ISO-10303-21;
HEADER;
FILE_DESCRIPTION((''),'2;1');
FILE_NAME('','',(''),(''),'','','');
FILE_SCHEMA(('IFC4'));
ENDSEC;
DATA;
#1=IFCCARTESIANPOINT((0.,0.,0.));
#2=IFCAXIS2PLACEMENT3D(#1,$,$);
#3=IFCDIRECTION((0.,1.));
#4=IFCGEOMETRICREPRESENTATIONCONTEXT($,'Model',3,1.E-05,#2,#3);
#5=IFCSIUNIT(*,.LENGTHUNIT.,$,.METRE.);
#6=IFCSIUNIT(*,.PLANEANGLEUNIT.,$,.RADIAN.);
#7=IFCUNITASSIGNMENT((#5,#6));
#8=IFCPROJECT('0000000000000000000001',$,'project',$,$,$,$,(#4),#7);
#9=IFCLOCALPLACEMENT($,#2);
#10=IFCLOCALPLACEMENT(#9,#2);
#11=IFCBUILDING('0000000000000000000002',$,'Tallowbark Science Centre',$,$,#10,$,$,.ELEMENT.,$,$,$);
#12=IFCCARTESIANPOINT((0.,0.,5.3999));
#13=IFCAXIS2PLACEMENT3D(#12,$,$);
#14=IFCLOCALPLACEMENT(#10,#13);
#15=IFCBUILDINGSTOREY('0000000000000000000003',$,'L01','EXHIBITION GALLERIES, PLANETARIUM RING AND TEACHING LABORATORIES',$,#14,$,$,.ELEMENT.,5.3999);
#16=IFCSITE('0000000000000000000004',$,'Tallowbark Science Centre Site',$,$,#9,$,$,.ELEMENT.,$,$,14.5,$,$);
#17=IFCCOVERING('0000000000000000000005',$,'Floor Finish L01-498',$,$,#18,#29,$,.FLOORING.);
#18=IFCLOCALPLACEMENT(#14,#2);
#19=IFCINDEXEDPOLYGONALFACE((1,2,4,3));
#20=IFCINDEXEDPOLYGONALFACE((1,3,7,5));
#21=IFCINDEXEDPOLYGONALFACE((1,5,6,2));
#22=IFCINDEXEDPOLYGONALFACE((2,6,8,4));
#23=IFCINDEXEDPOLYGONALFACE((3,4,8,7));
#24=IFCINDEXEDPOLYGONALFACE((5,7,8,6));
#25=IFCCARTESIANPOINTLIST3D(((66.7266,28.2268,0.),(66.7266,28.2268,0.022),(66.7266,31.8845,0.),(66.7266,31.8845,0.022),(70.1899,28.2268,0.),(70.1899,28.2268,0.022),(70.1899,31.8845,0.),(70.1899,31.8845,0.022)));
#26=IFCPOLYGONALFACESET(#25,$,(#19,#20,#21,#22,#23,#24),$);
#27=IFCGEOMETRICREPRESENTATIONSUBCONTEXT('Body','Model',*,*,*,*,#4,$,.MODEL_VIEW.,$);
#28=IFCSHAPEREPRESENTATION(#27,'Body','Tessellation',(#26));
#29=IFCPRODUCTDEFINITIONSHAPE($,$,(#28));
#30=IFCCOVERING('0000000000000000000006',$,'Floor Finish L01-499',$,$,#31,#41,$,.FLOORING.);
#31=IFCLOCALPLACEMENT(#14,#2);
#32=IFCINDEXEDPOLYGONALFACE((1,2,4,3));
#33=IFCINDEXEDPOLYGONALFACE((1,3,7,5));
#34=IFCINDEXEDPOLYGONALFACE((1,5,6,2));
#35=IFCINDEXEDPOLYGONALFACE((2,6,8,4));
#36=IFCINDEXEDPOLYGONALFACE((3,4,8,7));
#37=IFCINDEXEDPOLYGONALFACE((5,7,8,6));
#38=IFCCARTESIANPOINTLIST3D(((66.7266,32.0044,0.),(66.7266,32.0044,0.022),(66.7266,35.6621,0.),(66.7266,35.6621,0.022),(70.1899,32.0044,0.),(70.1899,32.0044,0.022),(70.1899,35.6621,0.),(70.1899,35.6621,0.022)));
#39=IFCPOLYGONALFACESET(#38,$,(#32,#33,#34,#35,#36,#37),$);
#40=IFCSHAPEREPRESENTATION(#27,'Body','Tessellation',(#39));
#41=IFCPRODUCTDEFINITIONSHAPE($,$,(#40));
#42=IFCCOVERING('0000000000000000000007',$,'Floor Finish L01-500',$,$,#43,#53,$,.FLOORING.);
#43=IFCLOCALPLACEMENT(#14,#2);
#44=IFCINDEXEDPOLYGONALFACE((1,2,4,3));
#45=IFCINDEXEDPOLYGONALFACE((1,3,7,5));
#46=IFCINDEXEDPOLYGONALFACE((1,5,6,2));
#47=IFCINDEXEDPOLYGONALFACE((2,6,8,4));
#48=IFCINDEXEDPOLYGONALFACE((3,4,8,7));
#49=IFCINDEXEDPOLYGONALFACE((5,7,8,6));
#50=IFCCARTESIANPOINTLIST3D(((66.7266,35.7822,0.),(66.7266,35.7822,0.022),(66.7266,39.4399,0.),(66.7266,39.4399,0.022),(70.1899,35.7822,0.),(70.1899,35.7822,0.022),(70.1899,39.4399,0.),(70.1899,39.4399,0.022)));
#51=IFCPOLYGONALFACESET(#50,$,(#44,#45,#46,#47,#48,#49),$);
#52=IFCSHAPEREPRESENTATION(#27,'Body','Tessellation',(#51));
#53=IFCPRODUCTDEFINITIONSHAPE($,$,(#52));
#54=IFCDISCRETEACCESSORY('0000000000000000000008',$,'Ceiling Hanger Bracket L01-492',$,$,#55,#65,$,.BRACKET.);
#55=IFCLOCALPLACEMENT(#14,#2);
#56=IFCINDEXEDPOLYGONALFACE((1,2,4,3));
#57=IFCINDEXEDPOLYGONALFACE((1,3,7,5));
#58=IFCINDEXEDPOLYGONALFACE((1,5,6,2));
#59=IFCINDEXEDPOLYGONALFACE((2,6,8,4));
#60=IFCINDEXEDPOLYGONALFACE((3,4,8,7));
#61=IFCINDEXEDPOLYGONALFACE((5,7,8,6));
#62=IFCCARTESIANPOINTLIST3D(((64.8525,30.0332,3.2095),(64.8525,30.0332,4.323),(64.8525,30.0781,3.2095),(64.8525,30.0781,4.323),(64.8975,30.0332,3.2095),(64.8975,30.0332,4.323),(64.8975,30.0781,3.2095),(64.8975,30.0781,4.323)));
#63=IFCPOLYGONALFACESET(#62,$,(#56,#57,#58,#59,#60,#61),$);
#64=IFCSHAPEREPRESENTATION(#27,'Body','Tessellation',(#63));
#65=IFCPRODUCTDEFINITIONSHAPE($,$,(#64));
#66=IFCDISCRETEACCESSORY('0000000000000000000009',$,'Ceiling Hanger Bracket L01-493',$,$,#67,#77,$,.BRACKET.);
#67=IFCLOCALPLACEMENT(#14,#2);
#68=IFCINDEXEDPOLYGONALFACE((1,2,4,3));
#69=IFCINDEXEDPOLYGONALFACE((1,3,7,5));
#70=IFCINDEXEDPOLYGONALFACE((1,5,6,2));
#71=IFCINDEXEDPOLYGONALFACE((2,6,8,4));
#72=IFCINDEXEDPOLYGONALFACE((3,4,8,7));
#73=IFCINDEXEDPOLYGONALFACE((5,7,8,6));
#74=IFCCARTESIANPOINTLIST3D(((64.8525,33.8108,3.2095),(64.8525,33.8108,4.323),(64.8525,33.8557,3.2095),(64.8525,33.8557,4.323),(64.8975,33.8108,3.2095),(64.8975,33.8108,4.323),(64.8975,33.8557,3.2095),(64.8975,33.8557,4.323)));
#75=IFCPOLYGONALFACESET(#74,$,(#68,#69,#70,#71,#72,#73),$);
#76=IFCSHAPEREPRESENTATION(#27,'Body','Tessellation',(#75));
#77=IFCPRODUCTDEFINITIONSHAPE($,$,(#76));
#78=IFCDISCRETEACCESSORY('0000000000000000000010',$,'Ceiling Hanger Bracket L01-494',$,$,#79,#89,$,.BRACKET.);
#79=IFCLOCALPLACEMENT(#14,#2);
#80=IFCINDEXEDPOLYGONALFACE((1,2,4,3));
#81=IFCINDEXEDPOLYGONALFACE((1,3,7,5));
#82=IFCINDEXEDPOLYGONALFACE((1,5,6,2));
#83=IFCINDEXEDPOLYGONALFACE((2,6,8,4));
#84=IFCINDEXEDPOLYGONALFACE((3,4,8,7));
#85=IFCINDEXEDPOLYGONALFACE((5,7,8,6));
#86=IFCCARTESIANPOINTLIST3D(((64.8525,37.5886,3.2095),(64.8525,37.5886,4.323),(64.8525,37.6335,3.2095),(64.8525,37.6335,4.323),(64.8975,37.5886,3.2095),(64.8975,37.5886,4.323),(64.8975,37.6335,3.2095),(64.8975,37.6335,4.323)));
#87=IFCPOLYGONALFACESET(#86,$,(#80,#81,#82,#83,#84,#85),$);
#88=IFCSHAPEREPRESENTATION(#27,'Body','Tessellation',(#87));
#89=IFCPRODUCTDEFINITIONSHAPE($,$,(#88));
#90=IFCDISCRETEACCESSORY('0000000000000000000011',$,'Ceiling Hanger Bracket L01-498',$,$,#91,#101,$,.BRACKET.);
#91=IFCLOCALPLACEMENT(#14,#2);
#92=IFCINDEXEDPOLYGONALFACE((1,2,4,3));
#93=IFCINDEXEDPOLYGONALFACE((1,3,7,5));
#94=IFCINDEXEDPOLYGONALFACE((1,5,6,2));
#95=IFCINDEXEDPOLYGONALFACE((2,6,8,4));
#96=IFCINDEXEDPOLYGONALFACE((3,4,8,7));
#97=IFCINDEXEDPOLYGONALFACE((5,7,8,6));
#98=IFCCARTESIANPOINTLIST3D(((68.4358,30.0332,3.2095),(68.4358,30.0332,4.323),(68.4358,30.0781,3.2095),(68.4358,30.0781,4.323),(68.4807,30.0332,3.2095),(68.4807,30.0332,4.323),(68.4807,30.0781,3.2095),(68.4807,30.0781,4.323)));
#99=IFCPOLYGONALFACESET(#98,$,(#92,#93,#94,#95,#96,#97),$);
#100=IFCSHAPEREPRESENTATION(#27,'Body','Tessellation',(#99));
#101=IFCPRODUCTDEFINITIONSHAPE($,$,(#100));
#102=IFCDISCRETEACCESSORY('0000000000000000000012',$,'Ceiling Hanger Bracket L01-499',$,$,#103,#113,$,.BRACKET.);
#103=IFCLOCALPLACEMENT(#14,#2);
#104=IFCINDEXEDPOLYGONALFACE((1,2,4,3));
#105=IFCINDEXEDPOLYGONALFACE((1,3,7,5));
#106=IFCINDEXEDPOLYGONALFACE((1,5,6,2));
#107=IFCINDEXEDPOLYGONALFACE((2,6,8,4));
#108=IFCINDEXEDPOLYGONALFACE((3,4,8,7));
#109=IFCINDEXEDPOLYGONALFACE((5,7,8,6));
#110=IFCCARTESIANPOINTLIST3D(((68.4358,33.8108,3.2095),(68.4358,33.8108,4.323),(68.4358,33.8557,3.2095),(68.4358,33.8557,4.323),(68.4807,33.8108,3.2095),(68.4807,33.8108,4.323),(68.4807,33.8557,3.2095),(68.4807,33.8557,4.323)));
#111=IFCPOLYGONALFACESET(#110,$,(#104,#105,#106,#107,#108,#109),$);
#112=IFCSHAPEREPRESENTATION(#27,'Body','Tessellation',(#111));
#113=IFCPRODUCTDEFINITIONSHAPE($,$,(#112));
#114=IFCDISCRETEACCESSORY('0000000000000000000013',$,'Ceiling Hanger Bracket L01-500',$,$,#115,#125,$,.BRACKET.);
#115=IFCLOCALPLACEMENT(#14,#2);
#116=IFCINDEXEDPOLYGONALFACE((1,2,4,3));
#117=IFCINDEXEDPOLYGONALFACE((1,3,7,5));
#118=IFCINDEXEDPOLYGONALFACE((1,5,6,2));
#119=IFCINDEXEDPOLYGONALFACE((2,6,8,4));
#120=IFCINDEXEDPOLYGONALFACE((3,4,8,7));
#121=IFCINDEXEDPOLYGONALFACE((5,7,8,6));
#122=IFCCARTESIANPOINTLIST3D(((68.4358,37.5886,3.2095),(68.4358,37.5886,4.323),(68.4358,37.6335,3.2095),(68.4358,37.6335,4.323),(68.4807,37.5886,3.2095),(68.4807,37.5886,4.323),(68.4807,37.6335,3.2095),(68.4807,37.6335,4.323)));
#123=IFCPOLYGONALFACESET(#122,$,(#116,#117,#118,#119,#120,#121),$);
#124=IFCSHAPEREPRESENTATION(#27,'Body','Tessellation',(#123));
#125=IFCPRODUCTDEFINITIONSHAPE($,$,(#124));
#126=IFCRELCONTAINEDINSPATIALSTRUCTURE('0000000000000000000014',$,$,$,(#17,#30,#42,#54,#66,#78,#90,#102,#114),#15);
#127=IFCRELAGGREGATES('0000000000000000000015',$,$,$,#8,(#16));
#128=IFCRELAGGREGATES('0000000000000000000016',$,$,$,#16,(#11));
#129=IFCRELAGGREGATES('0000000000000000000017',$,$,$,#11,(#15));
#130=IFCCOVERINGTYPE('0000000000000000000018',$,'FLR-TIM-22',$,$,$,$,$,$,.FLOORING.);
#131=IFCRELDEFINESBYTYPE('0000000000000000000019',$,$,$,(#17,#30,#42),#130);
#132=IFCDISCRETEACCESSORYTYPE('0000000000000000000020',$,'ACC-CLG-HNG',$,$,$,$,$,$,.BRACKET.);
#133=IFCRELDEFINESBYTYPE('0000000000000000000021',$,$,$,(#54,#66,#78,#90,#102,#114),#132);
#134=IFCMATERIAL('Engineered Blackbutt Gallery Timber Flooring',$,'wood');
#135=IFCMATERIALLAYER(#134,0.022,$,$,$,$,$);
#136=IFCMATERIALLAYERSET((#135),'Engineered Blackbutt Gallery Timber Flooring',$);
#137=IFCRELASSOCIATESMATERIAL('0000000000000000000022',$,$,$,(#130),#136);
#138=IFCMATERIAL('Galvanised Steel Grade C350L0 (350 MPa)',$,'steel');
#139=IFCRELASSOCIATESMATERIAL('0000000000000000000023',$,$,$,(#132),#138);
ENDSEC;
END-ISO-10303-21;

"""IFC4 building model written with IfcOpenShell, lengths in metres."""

from ifc_helpers import new_model, si_unit, direction, frame, origin, origin_2d, place, context, subcontext, project, spatial, rectangle, extrude, material, layer, layer_set, type_object, element, save


model = new_model("IFC4")

# Units and contexts
model_context = context("Model", 3, precision=1e-05, world=origin(), true_north=direction((0.0, 1.0)))
body_context = subcontext(model_context, "Body", "Model", "MODEL_VIEW")
ifc_project = project(units=[si_unit("LENGTHUNIT", "METRE"), si_unit("PLANEANGLEUNIT", "RADIAN")], contexts=[model_context])

# Site, building, storey
site_placement = place(None, origin())
site = spatial("IfcSite", under=ifc_project, at=site_placement, Name="Tallowbark Science Centre Site", CompositionType="ELEMENT", RefElevation=14.5)
building_placement = place(site_placement, origin())
building = spatial("IfcBuilding", under=site, at=building_placement, Name="Tallowbark Science Centre", CompositionType="ELEMENT")
storey_placement = place(building_placement, frame((0.0, 0.0, 5.3999)))
storey = spatial("IfcBuildingStorey", under=building, at=storey_placement, Name="L01", Description="EXHIBITION GALLERIES, PLANETARIUM RING AND TEACHING LABORATORIES", CompositionType="ELEMENT", Elevation=5.3999)

# Coverings
ifc_material_1 = material(Name="Engineered Blackbutt Gallery Timber Flooring", Category="wood")
ifc_layer_1 = layer(ifc_material_1, 0.022)
ifc_layer_set_1 = layer_set([ifc_layer_1], Name="Engineered Blackbutt Gallery Timber Flooring")
covering_type_1 = type_object("IfcCoveringType", Name="FLR-TIM-22", PredefinedType="FLOORING", material=ifc_layer_set_1)
for number, where, z_axis, x_axis, name in (
    (1, (68.4583, 30.0557, 0.0), (0.0, 0.0, 1.0), (1.0, 0.0, 0.0), "Floor Finish L01-498"),
    (2, (68.4583, 33.8333, 0.0), (0.0, 0.0, 1.0), (1.0, 0.0, 0.0), "Floor Finish L01-499"),
    (3, (68.4583, 37.6111, 0.0), (0.0, 0.0, 1.0), (1.0, 0.0, 0.0), "Floor Finish L01-500"),
):
    element("IfcCovering", number, at=place(storey_placement, frame(where, z_axis=z_axis, x_axis=x_axis)), inside=storey, type_object=covering_type_1, Name=name, PredefinedType="FLOORING", context=body_context, shape_type="SweptSolid", body=[
        extrude(rectangle(XDim=3.4634, YDim=3.6577, at=origin_2d()), origin(), (0.0, 0.0, 1.0), 0.022),
    ])

# Discrete accessories
ifc_material_2 = material(Name="Galvanised Steel Grade C350L0 (350 MPa)", Category="steel")
discrete_accessory_type = type_object("IfcDiscreteAccessoryType", Name="ACC-CLG-HNG", PredefinedType="BRACKET", material=ifc_material_2)
for number, where, z_axis, x_axis, name in (
    (4, (64.875, 30.0557, 3.2095), (0.0, 0.0, 1.0), (1.0, 0.0, 0.0), "Ceiling Hanger Bracket L01-492"),
    (5, (64.875, 33.8333, 3.2095), (0.0, 0.0, 1.0), (1.0, 0.0, 0.0), "Ceiling Hanger Bracket L01-493"),
    (6, (64.875, 37.6111, 3.2095), (0.0, 0.0, 1.0), (1.0, 0.0, 0.0), "Ceiling Hanger Bracket L01-494"),
    (7, (68.4583, 30.0557, 3.2095), (0.0, 0.0, 1.0), (1.0, 0.0, 0.0), "Ceiling Hanger Bracket L01-498"),
    (8, (68.4583, 33.8333, 3.2095), (0.0, 0.0, 1.0), (1.0, 0.0, 0.0), "Ceiling Hanger Bracket L01-499"),
    (9, (68.4583, 37.6111, 3.2095), (0.0, 0.0, 1.0), (1.0, 0.0, 0.0), "Ceiling Hanger Bracket L01-500"),
):
    element("IfcDiscreteAccessory", number, at=place(storey_placement, frame(where, z_axis=z_axis, x_axis=x_axis)), inside=storey, type_object=discrete_accessory_type, Name=name, PredefinedType="BRACKET", context=body_context, shape_type="SweptSolid", body=[
        extrude(rectangle(XDim=0.0449, YDim=0.0449, at=origin_2d()), origin(), (0.0, 0.0, 1.0), 1.1135),
    ])

save(model, "model.ifc")
